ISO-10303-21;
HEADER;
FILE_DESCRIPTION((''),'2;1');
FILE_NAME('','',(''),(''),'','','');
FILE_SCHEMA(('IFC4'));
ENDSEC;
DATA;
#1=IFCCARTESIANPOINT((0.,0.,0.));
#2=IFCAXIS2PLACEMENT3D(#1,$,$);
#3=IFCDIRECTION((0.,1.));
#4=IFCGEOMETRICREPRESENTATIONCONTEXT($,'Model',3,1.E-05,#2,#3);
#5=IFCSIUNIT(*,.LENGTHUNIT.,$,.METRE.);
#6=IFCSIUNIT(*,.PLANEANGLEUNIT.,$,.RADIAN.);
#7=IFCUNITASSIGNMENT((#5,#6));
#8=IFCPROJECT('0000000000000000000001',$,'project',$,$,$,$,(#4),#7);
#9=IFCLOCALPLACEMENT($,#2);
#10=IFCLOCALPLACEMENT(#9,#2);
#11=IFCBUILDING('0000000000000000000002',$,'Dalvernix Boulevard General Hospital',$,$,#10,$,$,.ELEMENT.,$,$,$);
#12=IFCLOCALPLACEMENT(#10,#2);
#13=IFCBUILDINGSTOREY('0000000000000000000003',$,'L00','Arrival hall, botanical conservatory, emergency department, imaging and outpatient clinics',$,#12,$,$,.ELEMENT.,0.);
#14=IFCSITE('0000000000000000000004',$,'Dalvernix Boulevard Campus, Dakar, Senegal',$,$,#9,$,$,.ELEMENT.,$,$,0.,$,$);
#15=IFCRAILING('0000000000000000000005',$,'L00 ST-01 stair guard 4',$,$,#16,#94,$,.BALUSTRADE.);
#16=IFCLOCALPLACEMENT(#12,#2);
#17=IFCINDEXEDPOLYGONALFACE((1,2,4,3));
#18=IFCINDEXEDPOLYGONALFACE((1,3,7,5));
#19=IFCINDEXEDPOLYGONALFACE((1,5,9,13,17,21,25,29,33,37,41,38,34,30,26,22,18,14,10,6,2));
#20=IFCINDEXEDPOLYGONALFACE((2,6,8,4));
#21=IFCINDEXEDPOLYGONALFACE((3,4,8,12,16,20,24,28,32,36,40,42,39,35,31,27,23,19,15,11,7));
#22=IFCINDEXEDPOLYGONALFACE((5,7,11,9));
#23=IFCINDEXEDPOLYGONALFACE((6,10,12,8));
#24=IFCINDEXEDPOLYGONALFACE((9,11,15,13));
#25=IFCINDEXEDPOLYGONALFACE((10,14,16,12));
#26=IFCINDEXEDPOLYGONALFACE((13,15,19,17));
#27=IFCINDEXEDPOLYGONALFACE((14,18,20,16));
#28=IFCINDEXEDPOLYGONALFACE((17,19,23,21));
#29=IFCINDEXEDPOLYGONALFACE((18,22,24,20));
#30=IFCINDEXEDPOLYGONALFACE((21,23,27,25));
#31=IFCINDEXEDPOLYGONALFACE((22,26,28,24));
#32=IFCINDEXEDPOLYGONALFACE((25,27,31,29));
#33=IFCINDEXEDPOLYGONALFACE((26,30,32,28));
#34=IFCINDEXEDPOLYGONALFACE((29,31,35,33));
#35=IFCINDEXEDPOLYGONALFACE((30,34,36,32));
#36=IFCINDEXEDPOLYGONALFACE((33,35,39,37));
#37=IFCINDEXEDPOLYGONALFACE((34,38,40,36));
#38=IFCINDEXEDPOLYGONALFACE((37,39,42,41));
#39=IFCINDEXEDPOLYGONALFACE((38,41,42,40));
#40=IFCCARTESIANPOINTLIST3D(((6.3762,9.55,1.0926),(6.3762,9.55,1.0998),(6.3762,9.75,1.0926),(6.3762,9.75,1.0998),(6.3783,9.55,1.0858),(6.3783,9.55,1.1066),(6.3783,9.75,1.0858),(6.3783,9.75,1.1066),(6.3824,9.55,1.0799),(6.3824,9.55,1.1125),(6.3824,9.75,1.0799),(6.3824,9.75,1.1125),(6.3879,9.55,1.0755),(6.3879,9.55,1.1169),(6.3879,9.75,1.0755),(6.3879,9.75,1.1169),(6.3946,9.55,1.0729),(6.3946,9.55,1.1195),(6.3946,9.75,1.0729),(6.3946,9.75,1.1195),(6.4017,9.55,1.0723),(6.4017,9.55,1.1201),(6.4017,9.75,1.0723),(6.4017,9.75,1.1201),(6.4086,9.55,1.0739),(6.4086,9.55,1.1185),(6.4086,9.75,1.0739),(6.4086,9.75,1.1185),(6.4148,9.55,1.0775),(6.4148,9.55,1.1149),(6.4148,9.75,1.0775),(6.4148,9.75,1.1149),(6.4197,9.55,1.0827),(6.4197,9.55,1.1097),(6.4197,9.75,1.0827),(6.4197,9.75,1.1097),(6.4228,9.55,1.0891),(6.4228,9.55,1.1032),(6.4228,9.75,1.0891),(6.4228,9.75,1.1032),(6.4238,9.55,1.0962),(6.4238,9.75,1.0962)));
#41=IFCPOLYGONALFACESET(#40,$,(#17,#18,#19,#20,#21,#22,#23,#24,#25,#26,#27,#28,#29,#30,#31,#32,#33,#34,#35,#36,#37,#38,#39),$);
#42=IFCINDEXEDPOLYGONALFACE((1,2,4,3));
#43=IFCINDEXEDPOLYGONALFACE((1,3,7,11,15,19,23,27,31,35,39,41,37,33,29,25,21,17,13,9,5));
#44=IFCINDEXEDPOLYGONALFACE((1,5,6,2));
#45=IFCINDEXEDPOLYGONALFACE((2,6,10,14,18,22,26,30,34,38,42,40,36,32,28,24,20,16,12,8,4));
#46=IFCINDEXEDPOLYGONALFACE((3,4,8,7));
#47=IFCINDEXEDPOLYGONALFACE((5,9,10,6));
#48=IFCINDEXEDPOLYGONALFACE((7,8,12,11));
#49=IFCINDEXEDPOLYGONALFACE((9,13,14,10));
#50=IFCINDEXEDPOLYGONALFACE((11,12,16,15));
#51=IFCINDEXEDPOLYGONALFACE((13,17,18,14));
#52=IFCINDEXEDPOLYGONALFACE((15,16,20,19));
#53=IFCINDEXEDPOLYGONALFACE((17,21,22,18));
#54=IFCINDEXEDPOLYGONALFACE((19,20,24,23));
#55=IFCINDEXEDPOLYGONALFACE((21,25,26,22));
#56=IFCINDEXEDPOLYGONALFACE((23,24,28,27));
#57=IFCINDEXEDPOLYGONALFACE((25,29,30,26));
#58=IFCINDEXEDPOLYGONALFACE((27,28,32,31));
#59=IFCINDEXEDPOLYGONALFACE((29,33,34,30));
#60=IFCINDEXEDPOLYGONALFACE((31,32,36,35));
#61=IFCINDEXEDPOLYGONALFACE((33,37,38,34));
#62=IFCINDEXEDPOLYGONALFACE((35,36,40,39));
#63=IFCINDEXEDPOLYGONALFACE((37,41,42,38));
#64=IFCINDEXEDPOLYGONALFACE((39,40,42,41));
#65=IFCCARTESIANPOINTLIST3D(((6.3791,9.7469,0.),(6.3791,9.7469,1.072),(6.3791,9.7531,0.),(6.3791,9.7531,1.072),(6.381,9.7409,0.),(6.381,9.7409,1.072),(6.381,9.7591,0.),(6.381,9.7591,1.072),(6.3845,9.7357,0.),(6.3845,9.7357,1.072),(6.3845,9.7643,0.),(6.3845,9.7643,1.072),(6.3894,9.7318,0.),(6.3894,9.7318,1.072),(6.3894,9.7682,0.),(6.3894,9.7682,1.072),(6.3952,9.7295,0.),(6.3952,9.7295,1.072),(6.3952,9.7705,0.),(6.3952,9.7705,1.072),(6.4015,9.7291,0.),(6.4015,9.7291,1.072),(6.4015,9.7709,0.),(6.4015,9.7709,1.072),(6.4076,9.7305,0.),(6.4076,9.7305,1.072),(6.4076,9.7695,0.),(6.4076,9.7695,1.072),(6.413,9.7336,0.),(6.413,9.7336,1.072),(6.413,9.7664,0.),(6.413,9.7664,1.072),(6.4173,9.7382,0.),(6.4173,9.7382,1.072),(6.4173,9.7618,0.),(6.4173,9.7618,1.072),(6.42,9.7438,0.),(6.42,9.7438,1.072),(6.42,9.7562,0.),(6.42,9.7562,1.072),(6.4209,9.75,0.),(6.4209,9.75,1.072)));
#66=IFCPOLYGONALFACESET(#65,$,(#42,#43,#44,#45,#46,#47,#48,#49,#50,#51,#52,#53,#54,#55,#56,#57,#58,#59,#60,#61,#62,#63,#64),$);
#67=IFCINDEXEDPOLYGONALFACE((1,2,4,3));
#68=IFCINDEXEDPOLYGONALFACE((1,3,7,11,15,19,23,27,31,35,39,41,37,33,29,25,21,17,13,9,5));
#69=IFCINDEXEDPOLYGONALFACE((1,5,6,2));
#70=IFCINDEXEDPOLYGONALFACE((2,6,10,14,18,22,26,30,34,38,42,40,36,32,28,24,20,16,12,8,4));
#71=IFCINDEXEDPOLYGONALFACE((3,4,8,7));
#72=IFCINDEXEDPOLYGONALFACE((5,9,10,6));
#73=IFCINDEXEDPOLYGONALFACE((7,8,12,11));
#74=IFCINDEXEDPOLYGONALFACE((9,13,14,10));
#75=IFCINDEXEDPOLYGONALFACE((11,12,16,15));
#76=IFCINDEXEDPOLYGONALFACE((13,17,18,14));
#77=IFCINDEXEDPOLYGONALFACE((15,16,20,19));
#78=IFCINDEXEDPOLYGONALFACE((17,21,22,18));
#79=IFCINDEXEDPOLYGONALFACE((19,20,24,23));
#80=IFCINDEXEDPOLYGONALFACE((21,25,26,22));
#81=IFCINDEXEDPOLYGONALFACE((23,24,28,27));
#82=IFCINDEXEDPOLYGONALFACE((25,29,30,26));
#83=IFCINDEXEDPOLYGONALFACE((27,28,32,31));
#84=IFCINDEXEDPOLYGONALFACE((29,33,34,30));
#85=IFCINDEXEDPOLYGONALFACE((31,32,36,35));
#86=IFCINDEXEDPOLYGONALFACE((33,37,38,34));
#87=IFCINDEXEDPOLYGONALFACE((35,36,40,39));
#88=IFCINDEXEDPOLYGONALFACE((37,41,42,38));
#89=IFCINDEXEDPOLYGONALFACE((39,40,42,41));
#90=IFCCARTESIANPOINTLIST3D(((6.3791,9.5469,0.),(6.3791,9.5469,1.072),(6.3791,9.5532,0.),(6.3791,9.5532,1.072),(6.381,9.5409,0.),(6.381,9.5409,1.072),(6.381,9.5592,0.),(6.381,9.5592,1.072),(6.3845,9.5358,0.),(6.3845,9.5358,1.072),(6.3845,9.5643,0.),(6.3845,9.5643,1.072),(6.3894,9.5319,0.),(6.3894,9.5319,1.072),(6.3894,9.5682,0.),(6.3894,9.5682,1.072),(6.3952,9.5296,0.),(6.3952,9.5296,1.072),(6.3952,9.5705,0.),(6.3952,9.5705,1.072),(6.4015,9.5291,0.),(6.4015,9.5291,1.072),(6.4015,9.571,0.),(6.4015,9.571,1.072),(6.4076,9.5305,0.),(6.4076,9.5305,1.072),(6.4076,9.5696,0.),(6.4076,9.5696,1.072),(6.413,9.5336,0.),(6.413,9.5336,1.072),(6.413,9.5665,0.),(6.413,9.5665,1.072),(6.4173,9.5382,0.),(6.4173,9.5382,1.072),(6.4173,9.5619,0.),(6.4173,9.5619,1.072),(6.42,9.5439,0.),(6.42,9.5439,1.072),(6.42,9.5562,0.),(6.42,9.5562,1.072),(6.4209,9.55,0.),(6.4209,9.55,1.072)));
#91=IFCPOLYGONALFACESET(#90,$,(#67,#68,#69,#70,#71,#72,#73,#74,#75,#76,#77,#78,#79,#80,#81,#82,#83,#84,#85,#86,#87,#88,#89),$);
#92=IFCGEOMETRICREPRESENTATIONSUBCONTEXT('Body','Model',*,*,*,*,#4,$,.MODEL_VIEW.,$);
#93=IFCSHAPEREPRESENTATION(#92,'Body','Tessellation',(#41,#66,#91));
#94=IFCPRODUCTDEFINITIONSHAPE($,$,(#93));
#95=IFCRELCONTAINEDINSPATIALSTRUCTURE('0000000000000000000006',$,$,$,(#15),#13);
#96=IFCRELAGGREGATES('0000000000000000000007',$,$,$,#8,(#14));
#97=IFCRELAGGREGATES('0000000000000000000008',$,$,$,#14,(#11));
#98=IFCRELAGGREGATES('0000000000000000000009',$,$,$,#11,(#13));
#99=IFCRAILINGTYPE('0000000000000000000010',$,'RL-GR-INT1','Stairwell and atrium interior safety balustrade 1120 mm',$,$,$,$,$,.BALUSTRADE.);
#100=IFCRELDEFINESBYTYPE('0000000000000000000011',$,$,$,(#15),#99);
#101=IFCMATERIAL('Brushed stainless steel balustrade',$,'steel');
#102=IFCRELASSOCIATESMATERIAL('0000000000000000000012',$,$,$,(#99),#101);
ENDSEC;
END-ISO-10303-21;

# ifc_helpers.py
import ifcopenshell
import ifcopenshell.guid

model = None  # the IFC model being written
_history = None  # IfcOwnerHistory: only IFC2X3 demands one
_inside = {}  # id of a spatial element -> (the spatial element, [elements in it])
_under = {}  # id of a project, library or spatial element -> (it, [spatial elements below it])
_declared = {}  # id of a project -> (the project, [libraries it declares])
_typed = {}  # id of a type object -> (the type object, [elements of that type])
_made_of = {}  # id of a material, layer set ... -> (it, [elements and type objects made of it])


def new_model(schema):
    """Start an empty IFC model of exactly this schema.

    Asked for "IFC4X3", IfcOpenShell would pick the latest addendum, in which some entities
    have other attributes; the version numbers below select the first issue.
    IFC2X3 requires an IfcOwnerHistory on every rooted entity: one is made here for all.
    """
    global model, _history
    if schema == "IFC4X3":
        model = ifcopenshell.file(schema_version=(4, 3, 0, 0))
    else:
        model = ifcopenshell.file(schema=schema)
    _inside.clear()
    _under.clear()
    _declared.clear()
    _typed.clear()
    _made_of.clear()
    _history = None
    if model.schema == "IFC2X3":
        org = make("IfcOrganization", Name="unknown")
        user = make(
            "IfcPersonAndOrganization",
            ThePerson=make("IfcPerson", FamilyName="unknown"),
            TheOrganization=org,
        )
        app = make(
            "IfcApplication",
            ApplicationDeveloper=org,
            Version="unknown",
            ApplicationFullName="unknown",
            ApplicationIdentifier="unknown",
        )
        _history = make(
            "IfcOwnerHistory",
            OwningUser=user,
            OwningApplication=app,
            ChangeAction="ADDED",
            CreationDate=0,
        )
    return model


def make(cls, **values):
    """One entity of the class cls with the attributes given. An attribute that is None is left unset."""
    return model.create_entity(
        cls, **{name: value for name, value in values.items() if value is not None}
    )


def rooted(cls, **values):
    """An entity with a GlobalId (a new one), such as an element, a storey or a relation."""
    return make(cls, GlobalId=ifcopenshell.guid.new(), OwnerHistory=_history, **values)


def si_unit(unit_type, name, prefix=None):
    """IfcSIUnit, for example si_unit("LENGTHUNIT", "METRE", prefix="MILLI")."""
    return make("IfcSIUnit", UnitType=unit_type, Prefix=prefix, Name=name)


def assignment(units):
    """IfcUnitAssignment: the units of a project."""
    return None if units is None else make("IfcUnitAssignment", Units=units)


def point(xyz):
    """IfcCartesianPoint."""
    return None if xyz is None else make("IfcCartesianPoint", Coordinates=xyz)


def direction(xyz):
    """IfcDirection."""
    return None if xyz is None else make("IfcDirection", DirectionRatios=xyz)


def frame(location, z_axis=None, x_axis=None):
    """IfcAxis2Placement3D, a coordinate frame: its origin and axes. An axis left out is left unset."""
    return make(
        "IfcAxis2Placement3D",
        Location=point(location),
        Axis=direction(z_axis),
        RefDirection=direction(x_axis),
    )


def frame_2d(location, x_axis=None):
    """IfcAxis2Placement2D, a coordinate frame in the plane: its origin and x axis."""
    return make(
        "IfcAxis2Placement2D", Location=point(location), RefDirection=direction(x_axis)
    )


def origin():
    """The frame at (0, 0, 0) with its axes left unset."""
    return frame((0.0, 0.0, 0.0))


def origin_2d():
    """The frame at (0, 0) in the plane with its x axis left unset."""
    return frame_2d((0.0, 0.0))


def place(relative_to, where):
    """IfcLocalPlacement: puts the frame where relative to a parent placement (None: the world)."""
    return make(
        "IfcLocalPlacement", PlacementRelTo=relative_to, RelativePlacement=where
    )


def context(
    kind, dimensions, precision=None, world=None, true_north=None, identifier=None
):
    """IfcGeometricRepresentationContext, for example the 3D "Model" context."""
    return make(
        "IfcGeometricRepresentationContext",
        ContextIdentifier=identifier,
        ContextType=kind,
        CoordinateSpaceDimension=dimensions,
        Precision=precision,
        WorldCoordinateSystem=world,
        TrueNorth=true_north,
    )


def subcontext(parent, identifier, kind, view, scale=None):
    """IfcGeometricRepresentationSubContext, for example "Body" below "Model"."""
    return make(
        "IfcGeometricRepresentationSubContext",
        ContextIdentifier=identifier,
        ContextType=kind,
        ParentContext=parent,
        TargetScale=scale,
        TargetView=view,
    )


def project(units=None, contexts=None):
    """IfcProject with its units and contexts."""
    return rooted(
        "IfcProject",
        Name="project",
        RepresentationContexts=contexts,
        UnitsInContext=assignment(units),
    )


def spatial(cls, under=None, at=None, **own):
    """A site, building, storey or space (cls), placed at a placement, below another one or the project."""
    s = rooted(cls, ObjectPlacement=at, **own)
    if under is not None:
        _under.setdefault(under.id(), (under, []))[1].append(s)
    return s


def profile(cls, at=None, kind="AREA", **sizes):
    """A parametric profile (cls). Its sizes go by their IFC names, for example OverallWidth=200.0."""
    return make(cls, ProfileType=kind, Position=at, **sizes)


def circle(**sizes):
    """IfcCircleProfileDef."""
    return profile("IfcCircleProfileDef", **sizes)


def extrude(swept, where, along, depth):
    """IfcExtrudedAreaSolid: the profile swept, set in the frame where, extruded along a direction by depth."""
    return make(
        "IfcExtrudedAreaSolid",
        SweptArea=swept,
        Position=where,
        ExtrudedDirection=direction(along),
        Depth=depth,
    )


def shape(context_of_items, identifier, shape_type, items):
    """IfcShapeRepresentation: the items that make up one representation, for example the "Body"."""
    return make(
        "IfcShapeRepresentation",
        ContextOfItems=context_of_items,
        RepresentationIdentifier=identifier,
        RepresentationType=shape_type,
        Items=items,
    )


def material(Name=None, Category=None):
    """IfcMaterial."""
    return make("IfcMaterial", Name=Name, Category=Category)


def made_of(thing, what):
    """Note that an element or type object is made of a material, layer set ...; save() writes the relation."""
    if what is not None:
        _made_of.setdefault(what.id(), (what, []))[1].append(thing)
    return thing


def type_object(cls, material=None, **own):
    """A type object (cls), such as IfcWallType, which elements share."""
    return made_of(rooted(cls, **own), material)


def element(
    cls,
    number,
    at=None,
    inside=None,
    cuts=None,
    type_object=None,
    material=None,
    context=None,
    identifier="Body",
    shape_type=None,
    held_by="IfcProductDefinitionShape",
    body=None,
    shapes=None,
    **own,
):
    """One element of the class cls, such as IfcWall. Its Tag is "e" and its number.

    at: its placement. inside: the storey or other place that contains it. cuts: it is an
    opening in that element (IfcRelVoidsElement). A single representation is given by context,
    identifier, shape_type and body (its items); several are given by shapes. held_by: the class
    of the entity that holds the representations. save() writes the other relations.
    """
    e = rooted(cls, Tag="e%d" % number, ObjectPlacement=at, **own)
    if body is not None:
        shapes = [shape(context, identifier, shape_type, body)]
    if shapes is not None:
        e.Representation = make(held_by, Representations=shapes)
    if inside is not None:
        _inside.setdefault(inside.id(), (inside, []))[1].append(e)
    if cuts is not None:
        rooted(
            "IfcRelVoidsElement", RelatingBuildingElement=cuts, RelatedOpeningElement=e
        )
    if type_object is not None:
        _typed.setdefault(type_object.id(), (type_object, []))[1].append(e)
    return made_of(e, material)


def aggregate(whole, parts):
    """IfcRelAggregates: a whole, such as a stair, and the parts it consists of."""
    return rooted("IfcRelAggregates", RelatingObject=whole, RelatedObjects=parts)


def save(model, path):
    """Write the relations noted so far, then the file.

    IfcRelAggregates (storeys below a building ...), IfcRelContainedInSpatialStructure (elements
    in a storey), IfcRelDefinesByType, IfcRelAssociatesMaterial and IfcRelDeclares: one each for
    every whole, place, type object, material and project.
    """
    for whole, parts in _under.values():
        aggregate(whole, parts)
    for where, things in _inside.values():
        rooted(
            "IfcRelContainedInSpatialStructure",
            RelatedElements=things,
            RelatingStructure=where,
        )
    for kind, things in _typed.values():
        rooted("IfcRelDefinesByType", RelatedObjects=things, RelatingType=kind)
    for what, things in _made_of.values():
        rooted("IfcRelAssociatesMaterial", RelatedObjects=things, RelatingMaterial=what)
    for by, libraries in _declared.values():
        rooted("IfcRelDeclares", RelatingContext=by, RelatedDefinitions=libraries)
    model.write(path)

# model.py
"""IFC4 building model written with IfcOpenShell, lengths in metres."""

from ifc_helpers import new_model, si_unit, direction, frame, origin, origin_2d, place, context, subcontext, project, spatial, circle, extrude, material, type_object, element, save


model = new_model("IFC4")

# Units and contexts
model_context = context("Model", 3, precision=1e-05, world=origin(), true_north=direction((0.0, 1.0)))
body_context = subcontext(model_context, "Body", "Model", "MODEL_VIEW")
ifc_project = project(units=[si_unit("LENGTHUNIT", "METRE"), si_unit("PLANEANGLEUNIT", "RADIAN")], contexts=[model_context])

# Site, building, storey
site_placement = place(None, origin())
site = spatial("IfcSite", under=ifc_project, at=site_placement, Name="Dalvernix Boulevard Campus, Dakar, Senegal", CompositionType="ELEMENT", RefElevation=0.0)
building_placement = place(site_placement, origin())
building = spatial("IfcBuilding", under=site, at=building_placement, Name="Dalvernix Boulevard General Hospital", CompositionType="ELEMENT")
storey_placement = place(building_placement, origin())
storey = spatial("IfcBuildingStorey", under=building, at=storey_placement, Name="L00", Description="Arrival hall, botanical conservatory, emergency department, imaging and outpatient clinics", CompositionType="ELEMENT", Elevation=0.0)

# Railing
ifc_material_1 = material(Name="Brushed stainless steel balustrade", Category="steel")
railing_type_1 = type_object("IfcRailingType", Name="RL-GR-INT1", Description="Stairwell and atrium interior safety balustrade 1120 mm", PredefinedType="BALUSTRADE", material=ifc_material_1)
railing_1_placement = place(storey_placement, frame((6.3999, 9.75, 0.0)))
element("IfcRailing", 1, at=railing_1_placement, inside=storey, type_object=railing_type_1, Name="L00 ST-01 stair guard 4", PredefinedType="BALUSTRADE", context=body_context, shape_type="SweptSolid", body=[
    extrude(circle(Radius=0.0239, at=origin_2d()), frame((0.0, 0.0, 1.0962), z_axis=(0.0, -1.0, 0.0), x_axis=(1.0, 0.0, 0.0)), (0.0, 0.0, 1.0), 0.2),
    extrude(circle(Radius=0.021, at=origin_2d()), origin(), (0.0, 0.0, 1.0), 1.072),
    extrude(circle(Radius=0.021, at=origin_2d()), frame((0.0, -0.2, 0.0)), (0.0, 0.0, 1.0), 1.072),
])

save(model, "model.ifc")
